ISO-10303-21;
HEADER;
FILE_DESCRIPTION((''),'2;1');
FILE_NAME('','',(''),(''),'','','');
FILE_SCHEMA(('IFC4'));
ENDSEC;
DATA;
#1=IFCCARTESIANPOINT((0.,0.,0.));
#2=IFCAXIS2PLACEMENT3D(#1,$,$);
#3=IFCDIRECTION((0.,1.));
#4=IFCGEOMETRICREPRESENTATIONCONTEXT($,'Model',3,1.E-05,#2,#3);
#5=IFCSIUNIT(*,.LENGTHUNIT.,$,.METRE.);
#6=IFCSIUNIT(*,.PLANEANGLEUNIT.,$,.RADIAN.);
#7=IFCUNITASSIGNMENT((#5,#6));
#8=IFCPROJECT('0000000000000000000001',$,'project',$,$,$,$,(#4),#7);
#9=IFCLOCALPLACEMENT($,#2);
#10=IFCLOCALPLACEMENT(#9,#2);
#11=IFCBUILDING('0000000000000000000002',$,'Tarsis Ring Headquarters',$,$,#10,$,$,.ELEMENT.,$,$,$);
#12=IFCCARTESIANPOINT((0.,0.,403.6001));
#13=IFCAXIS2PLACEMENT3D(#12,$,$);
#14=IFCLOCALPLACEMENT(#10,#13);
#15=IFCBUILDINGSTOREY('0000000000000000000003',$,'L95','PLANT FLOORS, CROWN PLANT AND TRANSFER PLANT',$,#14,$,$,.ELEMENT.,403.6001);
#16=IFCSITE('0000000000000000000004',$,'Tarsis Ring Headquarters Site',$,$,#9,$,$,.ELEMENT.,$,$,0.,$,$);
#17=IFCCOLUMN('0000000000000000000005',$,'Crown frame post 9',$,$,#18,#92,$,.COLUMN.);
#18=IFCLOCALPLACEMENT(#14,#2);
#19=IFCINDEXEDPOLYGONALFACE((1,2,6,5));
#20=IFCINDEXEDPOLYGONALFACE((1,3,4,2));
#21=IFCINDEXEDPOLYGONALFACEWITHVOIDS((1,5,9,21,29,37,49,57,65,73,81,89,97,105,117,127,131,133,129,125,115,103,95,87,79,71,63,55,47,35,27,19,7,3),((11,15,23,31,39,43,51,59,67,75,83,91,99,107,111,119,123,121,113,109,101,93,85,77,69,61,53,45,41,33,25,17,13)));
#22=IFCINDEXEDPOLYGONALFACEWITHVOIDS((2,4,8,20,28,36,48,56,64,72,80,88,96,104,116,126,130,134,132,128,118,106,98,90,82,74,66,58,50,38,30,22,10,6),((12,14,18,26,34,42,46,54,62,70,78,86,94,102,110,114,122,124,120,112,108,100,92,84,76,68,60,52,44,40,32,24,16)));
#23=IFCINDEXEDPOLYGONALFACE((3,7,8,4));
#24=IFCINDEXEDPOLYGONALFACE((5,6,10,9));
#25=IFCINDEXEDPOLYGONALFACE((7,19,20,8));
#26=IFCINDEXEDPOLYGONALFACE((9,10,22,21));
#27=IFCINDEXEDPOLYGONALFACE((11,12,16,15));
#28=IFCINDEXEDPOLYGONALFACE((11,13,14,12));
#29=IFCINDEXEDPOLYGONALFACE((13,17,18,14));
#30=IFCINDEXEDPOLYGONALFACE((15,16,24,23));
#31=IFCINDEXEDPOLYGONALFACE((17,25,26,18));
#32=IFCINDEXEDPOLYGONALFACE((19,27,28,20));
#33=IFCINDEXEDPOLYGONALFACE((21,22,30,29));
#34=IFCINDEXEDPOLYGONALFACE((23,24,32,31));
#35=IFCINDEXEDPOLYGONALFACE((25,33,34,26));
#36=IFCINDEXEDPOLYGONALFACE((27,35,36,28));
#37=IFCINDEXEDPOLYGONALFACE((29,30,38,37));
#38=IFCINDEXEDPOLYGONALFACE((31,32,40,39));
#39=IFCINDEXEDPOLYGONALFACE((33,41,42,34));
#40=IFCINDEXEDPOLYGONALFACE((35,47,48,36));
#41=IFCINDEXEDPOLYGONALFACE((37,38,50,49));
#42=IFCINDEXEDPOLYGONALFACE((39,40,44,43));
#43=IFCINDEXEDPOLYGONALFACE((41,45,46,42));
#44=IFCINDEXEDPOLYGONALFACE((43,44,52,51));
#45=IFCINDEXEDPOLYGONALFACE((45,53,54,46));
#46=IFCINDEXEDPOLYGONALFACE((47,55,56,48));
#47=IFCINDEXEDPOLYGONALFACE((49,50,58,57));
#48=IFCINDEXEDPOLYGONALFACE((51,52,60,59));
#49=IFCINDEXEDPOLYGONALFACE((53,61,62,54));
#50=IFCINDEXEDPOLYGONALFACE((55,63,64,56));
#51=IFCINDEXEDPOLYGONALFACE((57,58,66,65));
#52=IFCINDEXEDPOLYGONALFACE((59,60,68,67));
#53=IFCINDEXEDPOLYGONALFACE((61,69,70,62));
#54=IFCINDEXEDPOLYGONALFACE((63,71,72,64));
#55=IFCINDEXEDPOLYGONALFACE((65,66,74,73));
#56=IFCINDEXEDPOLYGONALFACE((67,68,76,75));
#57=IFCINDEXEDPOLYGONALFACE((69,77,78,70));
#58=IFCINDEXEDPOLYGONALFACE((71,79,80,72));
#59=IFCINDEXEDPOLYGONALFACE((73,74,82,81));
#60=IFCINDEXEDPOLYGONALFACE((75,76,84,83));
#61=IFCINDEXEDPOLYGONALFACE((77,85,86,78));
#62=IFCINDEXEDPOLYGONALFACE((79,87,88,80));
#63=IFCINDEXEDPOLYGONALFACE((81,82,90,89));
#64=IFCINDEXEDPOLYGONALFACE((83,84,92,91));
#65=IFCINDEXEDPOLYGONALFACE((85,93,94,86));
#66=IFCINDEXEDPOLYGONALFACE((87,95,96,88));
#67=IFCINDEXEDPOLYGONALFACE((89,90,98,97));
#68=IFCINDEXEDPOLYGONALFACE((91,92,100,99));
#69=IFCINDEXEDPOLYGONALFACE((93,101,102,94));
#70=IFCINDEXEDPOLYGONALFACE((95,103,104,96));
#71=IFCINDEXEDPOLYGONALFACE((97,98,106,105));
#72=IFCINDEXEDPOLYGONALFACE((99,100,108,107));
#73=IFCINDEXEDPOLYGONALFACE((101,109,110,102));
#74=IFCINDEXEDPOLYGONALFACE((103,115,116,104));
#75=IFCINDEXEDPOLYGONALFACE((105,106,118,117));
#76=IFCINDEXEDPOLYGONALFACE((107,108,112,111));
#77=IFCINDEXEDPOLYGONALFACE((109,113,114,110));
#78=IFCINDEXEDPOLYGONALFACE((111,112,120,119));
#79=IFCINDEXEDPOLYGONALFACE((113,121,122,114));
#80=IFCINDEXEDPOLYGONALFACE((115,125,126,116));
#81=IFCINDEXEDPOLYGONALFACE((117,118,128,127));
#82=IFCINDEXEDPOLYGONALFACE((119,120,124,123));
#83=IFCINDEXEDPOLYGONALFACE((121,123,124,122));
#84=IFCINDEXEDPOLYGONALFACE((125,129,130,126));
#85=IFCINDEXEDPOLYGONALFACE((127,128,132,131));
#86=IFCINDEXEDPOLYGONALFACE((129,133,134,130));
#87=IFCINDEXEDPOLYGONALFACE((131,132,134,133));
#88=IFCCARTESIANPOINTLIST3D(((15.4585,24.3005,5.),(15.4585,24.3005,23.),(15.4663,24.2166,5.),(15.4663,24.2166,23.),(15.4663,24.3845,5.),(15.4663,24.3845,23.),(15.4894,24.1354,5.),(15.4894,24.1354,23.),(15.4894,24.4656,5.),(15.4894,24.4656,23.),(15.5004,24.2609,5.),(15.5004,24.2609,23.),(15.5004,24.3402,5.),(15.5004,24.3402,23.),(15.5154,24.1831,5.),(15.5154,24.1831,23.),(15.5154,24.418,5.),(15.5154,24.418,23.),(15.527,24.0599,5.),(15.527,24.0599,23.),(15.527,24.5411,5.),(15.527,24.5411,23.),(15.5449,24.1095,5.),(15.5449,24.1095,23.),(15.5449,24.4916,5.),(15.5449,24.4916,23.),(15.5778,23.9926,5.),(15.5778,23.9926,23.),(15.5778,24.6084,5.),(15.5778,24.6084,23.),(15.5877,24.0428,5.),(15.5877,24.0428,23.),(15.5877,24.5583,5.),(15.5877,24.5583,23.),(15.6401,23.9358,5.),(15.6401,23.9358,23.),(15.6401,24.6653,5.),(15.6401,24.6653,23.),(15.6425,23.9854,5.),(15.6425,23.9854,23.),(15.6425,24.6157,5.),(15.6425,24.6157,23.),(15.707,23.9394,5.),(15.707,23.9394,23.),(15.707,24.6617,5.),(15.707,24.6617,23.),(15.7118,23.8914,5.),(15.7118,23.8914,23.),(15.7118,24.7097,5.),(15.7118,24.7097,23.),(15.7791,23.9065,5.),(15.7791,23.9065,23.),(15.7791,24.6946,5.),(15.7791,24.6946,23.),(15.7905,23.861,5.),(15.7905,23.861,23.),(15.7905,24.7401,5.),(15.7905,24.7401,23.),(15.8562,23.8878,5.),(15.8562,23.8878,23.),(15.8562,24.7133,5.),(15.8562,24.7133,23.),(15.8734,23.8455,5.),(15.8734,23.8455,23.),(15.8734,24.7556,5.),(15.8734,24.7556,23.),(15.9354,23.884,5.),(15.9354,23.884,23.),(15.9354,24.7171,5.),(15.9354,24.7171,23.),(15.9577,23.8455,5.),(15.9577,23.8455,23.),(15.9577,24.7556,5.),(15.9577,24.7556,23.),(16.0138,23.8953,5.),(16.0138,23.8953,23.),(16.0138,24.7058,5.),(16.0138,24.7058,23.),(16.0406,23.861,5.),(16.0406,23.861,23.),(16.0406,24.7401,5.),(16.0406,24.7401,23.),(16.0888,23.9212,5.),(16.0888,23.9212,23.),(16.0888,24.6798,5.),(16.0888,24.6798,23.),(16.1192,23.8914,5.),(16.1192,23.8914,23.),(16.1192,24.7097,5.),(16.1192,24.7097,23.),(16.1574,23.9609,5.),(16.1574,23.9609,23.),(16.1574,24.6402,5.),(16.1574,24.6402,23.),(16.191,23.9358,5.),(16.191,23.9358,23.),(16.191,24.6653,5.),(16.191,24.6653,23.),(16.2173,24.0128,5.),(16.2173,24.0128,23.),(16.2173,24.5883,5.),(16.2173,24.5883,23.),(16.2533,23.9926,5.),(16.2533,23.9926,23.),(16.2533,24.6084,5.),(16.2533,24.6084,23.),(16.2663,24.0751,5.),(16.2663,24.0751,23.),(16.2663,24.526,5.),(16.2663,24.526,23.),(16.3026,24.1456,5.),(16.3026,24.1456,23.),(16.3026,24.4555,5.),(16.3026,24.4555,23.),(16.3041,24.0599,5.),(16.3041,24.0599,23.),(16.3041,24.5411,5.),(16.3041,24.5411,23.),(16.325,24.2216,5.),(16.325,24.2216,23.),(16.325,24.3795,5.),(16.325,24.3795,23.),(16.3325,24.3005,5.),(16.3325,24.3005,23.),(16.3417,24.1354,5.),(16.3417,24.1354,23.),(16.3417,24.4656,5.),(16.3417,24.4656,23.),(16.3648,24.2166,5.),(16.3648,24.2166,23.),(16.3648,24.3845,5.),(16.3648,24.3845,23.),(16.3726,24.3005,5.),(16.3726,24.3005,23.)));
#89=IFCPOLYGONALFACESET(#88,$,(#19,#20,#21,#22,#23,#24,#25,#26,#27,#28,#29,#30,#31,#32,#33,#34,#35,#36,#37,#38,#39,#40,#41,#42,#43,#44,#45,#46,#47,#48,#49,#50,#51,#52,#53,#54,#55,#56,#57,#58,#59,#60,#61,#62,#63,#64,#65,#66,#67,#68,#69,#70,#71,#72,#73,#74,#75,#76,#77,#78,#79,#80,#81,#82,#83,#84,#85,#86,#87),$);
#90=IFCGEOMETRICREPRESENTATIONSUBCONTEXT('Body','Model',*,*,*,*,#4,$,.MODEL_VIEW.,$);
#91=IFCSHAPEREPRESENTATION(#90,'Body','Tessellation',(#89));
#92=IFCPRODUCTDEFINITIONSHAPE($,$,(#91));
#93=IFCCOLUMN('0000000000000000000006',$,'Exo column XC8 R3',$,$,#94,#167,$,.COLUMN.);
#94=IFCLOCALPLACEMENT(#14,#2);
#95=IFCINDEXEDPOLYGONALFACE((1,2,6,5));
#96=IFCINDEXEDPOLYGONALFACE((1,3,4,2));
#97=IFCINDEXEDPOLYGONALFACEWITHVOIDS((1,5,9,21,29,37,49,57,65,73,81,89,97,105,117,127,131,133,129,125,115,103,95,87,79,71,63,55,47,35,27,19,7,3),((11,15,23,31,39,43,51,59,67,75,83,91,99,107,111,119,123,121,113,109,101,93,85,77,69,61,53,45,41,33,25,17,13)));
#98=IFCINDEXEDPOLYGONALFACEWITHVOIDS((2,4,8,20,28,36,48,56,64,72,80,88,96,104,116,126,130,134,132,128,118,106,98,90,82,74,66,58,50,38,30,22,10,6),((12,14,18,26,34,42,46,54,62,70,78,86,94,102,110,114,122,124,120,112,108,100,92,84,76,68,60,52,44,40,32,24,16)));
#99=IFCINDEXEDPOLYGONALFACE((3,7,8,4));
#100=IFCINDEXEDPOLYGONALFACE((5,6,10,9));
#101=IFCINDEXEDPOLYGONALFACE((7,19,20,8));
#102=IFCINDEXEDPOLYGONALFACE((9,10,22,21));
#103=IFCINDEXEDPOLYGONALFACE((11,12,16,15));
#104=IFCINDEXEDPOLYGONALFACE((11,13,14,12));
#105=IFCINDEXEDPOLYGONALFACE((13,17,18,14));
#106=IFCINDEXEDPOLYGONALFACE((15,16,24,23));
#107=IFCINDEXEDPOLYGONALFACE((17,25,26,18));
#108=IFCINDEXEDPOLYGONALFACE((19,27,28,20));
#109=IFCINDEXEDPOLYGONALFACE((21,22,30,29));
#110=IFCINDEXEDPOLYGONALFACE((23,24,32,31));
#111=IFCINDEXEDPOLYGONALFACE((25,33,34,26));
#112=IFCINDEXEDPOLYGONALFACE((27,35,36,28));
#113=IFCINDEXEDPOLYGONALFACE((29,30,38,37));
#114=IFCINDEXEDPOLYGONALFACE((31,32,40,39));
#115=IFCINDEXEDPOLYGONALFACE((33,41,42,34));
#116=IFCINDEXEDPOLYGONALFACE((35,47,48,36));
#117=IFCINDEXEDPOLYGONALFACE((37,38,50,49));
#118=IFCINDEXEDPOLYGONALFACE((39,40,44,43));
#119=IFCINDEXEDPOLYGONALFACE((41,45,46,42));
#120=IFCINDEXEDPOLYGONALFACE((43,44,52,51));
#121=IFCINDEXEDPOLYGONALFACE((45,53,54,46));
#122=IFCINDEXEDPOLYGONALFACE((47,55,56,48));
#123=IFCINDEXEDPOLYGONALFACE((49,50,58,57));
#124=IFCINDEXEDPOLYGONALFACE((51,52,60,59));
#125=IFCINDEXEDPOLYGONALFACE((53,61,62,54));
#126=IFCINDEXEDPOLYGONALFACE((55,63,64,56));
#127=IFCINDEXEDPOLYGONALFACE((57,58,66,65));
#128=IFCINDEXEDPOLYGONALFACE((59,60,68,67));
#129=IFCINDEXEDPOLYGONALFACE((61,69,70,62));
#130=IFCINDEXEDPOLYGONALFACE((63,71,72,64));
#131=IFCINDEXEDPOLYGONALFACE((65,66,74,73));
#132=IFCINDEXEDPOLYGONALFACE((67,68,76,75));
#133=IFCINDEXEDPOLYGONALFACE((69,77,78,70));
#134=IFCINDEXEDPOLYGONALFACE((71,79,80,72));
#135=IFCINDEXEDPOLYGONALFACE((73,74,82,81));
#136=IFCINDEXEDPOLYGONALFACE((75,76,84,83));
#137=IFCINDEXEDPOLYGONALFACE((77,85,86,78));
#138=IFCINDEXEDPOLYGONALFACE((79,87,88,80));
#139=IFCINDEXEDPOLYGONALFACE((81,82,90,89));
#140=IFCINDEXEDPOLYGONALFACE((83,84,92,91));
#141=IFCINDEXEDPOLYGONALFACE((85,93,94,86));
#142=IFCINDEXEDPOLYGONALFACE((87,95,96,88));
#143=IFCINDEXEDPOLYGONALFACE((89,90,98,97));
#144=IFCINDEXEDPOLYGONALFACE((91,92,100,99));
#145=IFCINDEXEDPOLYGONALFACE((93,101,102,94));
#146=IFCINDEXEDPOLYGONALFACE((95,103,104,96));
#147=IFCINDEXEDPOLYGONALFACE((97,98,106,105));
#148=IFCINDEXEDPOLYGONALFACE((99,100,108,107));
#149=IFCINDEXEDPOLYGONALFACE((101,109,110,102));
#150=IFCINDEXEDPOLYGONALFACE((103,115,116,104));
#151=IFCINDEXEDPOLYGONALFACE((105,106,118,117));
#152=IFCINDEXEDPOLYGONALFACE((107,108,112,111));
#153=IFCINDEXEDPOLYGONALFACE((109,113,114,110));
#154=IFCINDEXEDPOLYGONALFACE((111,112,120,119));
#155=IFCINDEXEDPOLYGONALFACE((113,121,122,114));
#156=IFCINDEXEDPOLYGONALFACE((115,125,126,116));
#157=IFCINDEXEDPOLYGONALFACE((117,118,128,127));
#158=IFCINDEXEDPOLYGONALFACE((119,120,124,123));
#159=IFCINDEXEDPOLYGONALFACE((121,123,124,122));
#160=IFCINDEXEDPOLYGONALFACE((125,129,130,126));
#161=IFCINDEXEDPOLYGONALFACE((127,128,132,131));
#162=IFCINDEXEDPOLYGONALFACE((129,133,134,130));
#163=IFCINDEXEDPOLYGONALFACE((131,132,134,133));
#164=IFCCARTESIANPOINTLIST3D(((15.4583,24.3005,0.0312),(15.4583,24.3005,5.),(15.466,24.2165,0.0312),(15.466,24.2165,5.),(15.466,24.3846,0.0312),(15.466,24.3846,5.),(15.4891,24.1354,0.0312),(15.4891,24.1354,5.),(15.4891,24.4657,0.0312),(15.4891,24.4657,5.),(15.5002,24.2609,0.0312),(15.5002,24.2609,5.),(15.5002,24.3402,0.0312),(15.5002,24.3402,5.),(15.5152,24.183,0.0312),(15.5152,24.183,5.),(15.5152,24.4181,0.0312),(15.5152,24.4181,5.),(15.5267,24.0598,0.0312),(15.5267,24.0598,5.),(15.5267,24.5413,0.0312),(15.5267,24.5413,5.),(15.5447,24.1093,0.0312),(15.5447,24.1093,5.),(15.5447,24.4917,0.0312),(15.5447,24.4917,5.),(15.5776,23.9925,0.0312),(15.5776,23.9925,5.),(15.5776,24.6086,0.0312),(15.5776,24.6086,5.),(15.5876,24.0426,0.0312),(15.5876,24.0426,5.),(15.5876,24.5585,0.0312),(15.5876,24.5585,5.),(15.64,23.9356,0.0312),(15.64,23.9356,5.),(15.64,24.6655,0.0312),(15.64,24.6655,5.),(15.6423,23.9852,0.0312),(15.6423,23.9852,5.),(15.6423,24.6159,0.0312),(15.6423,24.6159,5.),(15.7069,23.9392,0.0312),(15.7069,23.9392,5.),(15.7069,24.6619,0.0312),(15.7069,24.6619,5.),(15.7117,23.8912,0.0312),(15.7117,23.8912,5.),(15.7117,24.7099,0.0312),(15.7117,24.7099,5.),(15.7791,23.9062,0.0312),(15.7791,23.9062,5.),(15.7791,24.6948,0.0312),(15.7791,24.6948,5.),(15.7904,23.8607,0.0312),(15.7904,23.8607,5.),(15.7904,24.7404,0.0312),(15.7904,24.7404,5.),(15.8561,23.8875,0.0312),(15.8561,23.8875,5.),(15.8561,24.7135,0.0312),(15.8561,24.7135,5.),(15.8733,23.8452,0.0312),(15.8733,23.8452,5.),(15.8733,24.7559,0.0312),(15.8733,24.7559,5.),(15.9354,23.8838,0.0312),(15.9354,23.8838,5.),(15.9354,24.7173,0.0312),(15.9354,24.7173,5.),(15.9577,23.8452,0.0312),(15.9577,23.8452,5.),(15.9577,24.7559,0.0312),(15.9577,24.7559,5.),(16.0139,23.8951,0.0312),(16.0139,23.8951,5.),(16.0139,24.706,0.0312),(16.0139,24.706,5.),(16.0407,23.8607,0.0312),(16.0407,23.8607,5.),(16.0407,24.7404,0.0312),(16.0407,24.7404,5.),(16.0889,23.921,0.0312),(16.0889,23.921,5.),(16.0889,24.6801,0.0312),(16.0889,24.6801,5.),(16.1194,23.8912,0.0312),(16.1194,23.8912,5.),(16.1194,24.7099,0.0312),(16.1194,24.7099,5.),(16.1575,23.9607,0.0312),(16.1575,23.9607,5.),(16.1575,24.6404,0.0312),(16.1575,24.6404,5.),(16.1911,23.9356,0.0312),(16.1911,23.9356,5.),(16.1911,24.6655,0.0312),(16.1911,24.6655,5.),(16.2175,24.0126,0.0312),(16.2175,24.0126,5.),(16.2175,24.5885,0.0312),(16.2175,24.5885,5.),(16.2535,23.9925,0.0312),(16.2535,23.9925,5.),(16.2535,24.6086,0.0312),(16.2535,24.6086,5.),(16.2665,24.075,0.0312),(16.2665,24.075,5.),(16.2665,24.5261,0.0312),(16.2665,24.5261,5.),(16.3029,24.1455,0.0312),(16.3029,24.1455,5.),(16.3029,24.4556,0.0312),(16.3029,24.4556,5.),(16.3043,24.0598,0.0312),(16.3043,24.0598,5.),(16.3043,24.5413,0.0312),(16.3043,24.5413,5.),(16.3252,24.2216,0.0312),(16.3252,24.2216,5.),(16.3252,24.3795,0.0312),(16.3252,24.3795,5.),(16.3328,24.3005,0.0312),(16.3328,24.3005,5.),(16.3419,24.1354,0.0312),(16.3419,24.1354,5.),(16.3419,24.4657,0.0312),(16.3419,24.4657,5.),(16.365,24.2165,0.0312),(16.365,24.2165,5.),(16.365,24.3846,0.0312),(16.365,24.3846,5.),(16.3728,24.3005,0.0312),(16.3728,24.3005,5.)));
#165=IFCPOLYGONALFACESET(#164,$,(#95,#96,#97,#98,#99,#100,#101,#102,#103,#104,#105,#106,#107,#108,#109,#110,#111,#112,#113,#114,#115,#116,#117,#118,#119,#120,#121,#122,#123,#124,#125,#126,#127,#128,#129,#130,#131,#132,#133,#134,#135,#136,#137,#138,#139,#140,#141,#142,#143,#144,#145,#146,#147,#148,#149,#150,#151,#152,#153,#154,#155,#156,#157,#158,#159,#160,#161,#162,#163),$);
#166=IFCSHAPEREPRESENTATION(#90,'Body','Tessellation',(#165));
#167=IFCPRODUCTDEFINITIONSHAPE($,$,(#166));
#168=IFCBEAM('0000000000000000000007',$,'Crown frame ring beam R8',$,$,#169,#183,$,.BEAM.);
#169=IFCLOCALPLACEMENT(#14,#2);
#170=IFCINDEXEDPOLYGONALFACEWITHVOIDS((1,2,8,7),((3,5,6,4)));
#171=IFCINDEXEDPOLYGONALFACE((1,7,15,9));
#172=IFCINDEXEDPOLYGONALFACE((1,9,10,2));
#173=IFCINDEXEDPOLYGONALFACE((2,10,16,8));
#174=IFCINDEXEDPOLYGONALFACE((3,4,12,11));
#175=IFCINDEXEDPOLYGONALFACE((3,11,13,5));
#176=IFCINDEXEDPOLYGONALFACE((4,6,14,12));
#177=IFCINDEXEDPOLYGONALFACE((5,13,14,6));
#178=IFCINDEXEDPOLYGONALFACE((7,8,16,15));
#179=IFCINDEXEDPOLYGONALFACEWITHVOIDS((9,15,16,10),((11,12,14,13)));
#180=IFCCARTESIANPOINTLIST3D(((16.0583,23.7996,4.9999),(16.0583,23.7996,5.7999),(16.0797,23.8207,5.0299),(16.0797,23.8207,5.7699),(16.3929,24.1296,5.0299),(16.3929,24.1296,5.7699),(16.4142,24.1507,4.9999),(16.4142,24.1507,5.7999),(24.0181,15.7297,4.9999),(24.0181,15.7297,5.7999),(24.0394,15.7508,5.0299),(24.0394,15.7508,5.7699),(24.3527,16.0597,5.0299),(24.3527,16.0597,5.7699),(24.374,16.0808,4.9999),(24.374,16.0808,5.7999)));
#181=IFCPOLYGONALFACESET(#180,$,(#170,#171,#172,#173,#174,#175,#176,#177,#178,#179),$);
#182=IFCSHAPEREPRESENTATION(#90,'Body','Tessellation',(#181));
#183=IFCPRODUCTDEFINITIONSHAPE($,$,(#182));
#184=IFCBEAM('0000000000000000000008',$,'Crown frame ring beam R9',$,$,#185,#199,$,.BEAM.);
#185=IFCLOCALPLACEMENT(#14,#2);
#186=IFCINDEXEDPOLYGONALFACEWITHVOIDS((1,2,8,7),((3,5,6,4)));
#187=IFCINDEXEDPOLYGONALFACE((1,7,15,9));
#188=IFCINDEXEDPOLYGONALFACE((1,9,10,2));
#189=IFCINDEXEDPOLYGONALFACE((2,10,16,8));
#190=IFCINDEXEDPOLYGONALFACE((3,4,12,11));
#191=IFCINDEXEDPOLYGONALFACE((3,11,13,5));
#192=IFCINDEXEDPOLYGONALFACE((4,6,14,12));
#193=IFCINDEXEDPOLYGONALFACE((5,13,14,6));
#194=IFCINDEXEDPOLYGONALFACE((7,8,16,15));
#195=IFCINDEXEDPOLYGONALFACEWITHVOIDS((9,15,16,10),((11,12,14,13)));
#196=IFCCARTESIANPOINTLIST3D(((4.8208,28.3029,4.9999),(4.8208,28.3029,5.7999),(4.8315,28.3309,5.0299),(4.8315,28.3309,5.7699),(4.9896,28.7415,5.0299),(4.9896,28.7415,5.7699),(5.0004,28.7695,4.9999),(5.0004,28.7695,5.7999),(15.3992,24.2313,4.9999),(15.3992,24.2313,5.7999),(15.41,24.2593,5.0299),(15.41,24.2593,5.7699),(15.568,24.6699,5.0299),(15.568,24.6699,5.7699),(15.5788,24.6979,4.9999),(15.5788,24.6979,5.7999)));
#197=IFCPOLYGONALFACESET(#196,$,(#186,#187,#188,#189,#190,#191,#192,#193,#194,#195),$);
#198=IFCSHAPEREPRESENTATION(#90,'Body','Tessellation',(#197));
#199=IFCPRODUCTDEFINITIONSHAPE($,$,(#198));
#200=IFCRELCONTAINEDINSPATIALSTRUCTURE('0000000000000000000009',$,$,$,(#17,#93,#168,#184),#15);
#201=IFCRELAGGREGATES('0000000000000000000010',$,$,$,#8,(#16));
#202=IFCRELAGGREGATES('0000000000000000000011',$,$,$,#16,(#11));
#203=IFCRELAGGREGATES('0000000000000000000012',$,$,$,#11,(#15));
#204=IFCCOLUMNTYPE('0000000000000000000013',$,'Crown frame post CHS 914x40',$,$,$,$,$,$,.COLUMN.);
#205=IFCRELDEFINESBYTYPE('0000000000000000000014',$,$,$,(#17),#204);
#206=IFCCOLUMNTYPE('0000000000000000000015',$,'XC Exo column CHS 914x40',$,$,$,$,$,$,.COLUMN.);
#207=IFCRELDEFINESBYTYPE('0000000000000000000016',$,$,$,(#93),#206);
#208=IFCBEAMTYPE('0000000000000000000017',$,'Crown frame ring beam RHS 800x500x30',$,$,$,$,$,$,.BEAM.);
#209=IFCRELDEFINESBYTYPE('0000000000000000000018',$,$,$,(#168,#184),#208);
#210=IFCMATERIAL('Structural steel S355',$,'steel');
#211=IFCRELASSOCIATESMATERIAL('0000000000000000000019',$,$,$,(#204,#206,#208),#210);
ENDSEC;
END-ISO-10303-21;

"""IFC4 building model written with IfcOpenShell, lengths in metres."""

from ifc_helpers import new_model, si_unit, direction, frame, origin, origin_2d, place, context, subcontext, project, spatial, hollow_rectangle, hollow_circle, extrude, material, material_profile, profile_set, type_object, element, save


model = new_model("IFC4")

# Units and contexts
model_context = context("Model", 3, precision=1e-05, world=origin(), true_north=direction((0.0, 1.0)))
body_context = subcontext(model_context, "Body", "Model", "MODEL_VIEW")
ifc_project = project(units=[si_unit("LENGTHUNIT", "METRE"), si_unit("PLANEANGLEUNIT", "RADIAN")], contexts=[model_context])

# Site, building, storey
site_placement = place(None, origin())
site = spatial("IfcSite", under=ifc_project, at=site_placement, Name="Tarsis Ring Headquarters Site", CompositionType="ELEMENT", RefElevation=0.0)
building_placement = place(site_placement, origin())
building = spatial("IfcBuilding", under=site, at=building_placement, Name="Tarsis Ring Headquarters", CompositionType="ELEMENT")
storey_placement = place(building_placement, frame((0.0, 0.0, 403.6001)))
storey = spatial("IfcBuildingStorey", under=building, at=storey_placement, Name="L95", Description="PLANT FLOORS, CROWN PLANT AND TRANSFER PLANT", CompositionType="ELEMENT", Elevation=403.6001)

# Columns
ifc_material_1 = material(Name="Structural steel S355", Category="steel")
ifc_material_profile_1 = material_profile(ifc_material_1, hollow_circle(Radius=0.457, WallThickness=0.04, at=origin_2d()), Name="CHS 914x40")
ifc_profile_set_1 = profile_set([ifc_material_profile_1], Name="Structural steel S355")
column_type_1 = type_object("IfcColumnType", Name="Crown frame post CHS 914x40", PredefinedType="COLUMN", material=ifc_profile_set_1)
column_1_placement = place(storey_placement, frame((15.9155, 24.3005, 5.0), z_axis=(0.0, 0.0, 1.0), x_axis=(1.0, 0.0, 0.0)))
element("IfcColumn", 1, at=column_1_placement, inside=storey, type_object=column_type_1, Name="Crown frame post 9", PredefinedType="COLUMN", context=body_context, shape_type="SweptSolid", body=[
    extrude(hollow_circle(Radius=0.457, WallThickness=0.04, at=origin_2d()), origin(), (0.0, 0.0, 1.0), 18.0),
])
column_type_2 = type_object("IfcColumnType", Name="XC Exo column CHS 914x40", PredefinedType="COLUMN", material=ifc_profile_set_1)
column_2_placement = place(storey_placement, frame((15.9155, 24.3005, 0.0312), z_axis=(0.0, 0.0, 1.0), x_axis=(1.0, 0.0, 0.0)))
element("IfcColumn", 2, at=column_2_placement, inside=storey, type_object=column_type_2, Name="Exo column XC8 R3", PredefinedType="COLUMN", context=body_context, shape_type="SweptSolid", body=[
    extrude(hollow_circle(Radius=0.4573, WallThickness=0.04, at=origin_2d()), origin(), (0.0, 0.0, 1.0), 4.9688),
])

# Beams
ifc_material_profile_2 = material_profile(ifc_material_1, hollow_rectangle(XDim=0.5, YDim=0.8, WallThickness=0.03, at=origin_2d()), Name="RHS 800x500x30")
ifc_profile_set_2 = profile_set([ifc_material_profile_2], Name="Structural steel S355")
beam_type_1 = type_object("IfcBeamType", Name="Crown frame ring beam RHS 800x500x30", PredefinedType="BEAM", material=ifc_profile_set_2)
for number, where, z_axis, x_axis, name in (
    (3, (24.196, 15.9053, 5.3999), (-0.702233, 0.711947, 0.0), (-0.711947, -0.702233, 0.0), "Crown frame ring beam R8"),
    (4, (15.489, 24.4646, 5.3999), (-0.933259, 0.359204, 0.0), (-0.359204, -0.933259, 0.0), "Crown frame ring beam R9"),
):
    element("IfcBeam", number, at=place(storey_placement, frame(where, z_axis=z_axis, x_axis=x_axis)), inside=storey, type_object=beam_type_1, Name=name, PredefinedType="BEAM", context=body_context, shape_type="SweptSolid", body=[
        extrude(hollow_rectangle(XDim=0.5, YDim=0.8, WallThickness=0.03, at=origin_2d()), origin(), (0.0, 0.0, 1.0), 11.335),
    ])

save(model, "model.ifc")
